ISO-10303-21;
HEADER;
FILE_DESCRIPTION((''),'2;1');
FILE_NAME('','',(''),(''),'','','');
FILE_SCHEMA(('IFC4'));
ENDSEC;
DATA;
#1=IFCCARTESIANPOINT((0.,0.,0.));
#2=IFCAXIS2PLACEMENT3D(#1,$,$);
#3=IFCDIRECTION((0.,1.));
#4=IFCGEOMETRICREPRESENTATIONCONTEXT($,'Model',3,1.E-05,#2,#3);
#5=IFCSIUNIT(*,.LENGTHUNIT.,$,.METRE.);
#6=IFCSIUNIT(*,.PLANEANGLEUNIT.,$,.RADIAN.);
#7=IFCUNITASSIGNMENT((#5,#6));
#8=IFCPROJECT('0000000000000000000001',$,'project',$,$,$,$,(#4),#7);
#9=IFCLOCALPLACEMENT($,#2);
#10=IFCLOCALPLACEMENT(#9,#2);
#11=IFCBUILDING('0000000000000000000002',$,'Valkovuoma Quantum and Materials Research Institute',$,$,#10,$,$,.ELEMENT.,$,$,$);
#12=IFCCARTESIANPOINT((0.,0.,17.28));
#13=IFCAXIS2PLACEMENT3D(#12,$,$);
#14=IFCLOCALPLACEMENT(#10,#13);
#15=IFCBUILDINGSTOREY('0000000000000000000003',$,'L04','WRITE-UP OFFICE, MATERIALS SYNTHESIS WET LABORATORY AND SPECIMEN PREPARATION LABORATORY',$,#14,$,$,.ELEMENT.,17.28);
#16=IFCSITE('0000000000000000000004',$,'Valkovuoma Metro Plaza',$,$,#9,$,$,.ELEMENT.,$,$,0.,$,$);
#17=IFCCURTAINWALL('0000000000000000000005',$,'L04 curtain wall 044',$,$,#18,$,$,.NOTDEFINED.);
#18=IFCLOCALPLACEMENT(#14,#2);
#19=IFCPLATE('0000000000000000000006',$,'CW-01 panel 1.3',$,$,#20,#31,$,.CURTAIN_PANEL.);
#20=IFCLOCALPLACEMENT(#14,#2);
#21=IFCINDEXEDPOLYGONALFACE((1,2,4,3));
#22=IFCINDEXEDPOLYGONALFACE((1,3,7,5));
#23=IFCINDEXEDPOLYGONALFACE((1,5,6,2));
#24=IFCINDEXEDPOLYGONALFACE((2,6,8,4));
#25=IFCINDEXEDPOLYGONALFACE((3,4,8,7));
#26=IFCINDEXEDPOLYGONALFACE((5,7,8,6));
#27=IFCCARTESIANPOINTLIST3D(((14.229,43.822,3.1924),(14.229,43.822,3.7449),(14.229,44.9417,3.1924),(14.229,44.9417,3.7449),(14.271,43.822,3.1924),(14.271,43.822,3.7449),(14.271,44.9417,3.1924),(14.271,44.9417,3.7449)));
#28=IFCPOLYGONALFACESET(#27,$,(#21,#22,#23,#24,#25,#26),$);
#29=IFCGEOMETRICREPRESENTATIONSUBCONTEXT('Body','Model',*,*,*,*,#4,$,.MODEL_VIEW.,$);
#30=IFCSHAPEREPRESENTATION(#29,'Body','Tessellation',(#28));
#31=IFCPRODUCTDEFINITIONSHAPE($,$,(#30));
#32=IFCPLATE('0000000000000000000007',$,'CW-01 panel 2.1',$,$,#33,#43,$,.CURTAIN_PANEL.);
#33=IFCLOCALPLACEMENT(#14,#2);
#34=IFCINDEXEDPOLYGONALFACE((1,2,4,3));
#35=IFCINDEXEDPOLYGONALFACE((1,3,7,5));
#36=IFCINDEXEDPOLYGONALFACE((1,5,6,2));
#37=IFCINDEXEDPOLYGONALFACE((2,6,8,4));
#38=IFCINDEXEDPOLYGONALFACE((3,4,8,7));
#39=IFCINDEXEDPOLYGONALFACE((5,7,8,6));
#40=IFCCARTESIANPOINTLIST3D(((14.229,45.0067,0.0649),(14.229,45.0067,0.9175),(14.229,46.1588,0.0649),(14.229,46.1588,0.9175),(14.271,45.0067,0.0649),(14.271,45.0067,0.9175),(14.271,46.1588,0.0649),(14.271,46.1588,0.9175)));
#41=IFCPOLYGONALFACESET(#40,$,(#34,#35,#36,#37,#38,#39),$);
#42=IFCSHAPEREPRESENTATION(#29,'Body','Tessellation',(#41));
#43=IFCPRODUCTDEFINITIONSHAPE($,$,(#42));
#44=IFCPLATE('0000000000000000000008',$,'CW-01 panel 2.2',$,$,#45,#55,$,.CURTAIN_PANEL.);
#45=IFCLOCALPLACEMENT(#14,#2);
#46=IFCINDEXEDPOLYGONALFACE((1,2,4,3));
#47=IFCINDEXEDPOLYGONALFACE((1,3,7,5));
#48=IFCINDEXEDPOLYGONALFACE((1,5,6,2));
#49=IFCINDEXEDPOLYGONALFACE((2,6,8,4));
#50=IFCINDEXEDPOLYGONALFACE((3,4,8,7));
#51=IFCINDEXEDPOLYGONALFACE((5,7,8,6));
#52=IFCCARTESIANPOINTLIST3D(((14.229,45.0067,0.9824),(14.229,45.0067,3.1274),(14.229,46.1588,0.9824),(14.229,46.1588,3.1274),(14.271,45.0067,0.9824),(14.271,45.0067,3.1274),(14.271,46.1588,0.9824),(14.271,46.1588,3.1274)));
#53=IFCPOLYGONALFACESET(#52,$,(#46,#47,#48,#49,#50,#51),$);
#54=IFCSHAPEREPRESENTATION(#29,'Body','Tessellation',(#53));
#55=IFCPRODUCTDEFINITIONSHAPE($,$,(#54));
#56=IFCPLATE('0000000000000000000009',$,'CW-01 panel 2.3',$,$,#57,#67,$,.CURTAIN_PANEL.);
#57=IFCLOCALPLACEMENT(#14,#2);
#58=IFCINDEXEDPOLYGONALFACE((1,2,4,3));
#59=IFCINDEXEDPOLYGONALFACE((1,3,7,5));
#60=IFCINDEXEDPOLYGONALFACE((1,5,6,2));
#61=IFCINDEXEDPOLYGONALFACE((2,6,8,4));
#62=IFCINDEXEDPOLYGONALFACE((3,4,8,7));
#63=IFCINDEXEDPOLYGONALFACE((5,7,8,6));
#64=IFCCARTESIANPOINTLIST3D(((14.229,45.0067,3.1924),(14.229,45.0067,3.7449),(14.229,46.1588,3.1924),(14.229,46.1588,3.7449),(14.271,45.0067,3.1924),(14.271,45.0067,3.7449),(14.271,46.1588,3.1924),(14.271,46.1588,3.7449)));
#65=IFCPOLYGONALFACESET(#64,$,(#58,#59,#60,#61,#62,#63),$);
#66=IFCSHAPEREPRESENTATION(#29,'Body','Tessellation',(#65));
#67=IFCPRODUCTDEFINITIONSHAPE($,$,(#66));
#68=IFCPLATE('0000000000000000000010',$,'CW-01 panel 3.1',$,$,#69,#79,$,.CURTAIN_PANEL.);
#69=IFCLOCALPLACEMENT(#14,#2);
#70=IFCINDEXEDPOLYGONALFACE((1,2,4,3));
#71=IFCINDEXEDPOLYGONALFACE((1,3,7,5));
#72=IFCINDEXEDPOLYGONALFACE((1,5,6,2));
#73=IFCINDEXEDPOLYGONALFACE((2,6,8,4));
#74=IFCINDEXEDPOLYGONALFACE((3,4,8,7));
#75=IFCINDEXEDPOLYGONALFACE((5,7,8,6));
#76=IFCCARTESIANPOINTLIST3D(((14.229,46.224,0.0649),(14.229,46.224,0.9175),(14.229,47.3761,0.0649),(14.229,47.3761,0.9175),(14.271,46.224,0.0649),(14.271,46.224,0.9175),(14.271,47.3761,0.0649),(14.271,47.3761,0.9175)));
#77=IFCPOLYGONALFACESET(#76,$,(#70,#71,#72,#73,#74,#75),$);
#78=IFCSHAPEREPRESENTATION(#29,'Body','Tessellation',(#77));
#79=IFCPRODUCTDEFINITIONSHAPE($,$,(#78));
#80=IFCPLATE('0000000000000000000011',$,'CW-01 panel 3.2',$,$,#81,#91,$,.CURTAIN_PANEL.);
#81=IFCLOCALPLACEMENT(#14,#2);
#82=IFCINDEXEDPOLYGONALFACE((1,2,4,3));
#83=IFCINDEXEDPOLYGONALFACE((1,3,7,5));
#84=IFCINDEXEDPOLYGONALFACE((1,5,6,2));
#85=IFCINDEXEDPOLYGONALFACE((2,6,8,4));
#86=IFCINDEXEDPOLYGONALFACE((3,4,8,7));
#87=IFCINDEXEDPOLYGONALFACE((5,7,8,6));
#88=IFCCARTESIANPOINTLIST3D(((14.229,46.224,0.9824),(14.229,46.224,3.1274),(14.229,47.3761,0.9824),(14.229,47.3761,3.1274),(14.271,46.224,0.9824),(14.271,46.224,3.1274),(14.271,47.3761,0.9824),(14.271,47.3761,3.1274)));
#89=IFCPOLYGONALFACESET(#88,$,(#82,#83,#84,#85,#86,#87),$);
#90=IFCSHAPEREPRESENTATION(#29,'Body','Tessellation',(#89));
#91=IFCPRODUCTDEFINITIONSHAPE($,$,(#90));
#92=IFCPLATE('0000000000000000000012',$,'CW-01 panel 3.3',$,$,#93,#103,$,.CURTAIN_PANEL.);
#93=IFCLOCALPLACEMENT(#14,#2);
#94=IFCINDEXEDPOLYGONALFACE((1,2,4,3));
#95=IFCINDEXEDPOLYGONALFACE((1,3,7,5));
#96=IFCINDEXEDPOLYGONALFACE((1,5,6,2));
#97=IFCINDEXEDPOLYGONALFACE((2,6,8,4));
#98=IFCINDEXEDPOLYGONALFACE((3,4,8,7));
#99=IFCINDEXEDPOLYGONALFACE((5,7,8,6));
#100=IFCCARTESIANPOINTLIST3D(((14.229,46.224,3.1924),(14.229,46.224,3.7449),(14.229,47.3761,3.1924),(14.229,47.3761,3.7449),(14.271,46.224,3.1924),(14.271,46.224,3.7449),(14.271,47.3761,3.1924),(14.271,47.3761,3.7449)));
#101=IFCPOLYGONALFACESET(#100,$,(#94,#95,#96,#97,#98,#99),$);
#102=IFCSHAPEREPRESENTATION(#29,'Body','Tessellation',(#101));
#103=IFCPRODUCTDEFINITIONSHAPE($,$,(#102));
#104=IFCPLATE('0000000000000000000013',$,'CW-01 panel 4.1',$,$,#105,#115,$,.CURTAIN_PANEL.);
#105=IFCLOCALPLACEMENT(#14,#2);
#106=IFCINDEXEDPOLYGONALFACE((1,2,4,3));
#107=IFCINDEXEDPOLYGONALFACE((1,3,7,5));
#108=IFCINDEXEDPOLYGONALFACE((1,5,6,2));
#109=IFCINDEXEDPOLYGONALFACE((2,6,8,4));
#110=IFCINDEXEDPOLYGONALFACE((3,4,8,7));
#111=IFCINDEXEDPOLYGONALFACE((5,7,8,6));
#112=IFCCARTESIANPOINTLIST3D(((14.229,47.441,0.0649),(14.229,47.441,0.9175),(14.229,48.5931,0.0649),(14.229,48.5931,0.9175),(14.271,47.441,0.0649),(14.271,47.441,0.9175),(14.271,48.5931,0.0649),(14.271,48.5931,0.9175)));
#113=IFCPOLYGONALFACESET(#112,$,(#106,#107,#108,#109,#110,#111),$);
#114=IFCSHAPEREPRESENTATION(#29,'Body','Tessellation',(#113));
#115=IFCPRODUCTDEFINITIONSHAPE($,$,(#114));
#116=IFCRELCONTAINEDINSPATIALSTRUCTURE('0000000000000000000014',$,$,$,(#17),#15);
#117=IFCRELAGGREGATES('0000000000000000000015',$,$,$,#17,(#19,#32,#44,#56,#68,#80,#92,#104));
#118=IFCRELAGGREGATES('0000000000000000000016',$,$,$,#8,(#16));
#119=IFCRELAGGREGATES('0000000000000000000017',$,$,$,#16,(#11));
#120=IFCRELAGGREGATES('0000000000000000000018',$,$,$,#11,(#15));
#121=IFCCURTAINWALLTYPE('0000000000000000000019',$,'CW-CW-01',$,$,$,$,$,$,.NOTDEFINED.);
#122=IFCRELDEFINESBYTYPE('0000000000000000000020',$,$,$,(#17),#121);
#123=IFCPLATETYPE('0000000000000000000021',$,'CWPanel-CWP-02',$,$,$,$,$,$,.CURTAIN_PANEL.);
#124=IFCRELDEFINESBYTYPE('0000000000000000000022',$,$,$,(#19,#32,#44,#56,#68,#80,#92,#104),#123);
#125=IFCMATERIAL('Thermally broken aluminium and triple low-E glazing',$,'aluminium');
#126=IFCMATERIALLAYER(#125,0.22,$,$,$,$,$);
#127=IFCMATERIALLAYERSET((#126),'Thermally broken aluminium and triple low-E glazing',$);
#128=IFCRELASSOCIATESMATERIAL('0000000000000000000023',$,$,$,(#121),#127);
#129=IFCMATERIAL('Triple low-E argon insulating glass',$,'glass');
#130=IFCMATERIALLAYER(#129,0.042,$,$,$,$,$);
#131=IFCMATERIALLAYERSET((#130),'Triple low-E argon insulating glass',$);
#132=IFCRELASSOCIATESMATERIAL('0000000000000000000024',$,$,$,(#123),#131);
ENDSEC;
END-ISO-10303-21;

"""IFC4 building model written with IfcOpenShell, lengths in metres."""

from ifc_helpers import new_model, si_unit, direction, frame, origin, origin_2d, place, context, subcontext, project, spatial, rectangle, extrude, material, layer, layer_set, type_object, element, aggregate, save


model = new_model("IFC4")

# Units and contexts
model_context = context("Model", 3, precision=1e-05, world=origin(), true_north=direction((0.0, 1.0)))
body_context = subcontext(model_context, "Body", "Model", "MODEL_VIEW")
ifc_project = project(units=[si_unit("LENGTHUNIT", "METRE"), si_unit("PLANEANGLEUNIT", "RADIAN")], contexts=[model_context])

# Site, building, storey
site_placement = place(None, origin())
site = spatial("IfcSite", under=ifc_project, at=site_placement, Name="Valkovuoma Metro Plaza", CompositionType="ELEMENT", RefElevation=0.0)
building_placement = place(site_placement, origin())
building = spatial("IfcBuilding", under=site, at=building_placement, Name="Valkovuoma Quantum and Materials Research Institute", CompositionType="ELEMENT")
storey_placement = place(building_placement, frame((0.0, 0.0, 17.28)))
storey = spatial("IfcBuildingStorey", under=building, at=storey_placement, Name="L04", Description="WRITE-UP OFFICE, MATERIALS SYNTHESIS WET LABORATORY AND SPECIMEN PREPARATION LABORATORY", CompositionType="ELEMENT", Elevation=17.28)

# Curtain wall
ifc_material_1 = material(Name="Thermally broken aluminium and triple low-E glazing", Category="aluminium")
ifc_layer_1 = layer(ifc_material_1, 0.22)
ifc_layer_set_1 = layer_set([ifc_layer_1], Name="Thermally broken aluminium and triple low-E glazing")
curtain_wall_type = type_object("IfcCurtainWallType", Name="CW-CW-01", PredefinedType="NOTDEFINED", material=ifc_layer_set_1)
curtain_wall_1_placement = place(storey_placement, origin())
curtain_wall_1 = element("IfcCurtainWall", 1, at=curtain_wall_1_placement, inside=storey, type_object=curtain_wall_type, Name="L04 curtain wall 044", PredefinedType="NOTDEFINED")

# Plates
ifc_material_2 = material(Name="Triple low-E argon insulating glass", Category="glass")
ifc_layer_2 = layer(ifc_material_2, 0.042)
ifc_layer_set_2 = layer_set([ifc_layer_2], Name="Triple low-E argon insulating glass")
plate_type = type_object("IfcPlateType", Name="CWPanel-CWP-02", PredefinedType="CURTAIN_PANEL", material=ifc_layer_set_2)
plate_1_placement = place(storey_placement, frame((14.25, 44.3818, 3.1924), z_axis=(0.0, 0.0, 1.0), x_axis=(0.0, 1.0, 0.0)))
plate_1 = element("IfcPlate", 2, at=plate_1_placement, type_object=plate_type, Name="CW-01 panel 1.3", PredefinedType="CURTAIN_PANEL", context=body_context, shape_type="SweptSolid", body=[
    extrude(rectangle(XDim=1.1196, YDim=0.042, at=origin_2d()), origin(), (0.0, 0.0, 1.0), 0.5525),
])
plate_2_placement = place(storey_placement, frame((14.25, 45.5828, 0.0649), z_axis=(0.0, 0.0, 1.0), x_axis=(0.0, 1.0, 0.0)))
plate_2 = element("IfcPlate", 3, at=plate_2_placement, type_object=plate_type, Name="CW-01 panel 2.1", PredefinedType="CURTAIN_PANEL", context=body_context, shape_type="SweptSolid", body=[
    extrude(rectangle(XDim=1.1521, YDim=0.042, at=origin_2d()), origin(), (0.0, 0.0, 1.0), 0.8525),
])
plate_3_placement = place(storey_placement, frame((14.25, 45.5828, 0.9824), z_axis=(0.0, 0.0, 1.0), x_axis=(0.0, 1.0, 0.0)))
plate_3 = element("IfcPlate", 4, at=plate_3_placement, type_object=plate_type, Name="CW-01 panel 2.2", PredefinedType="CURTAIN_PANEL", context=body_context, shape_type="SweptSolid", body=[
    extrude(rectangle(XDim=1.1521, YDim=0.042, at=origin_2d()), origin(), (0.0, 0.0, 1.0), 2.145),
])
plate_4_placement = place(storey_placement, frame((14.25, 45.5828, 3.1924), z_axis=(0.0, 0.0, 1.0), x_axis=(0.0, 1.0, 0.0)))
plate_4 = element("IfcPlate", 5, at=plate_4_placement, type_object=plate_type, Name="CW-01 panel 2.3", PredefinedType="CURTAIN_PANEL", context=body_context, shape_type="SweptSolid", body=[
    extrude(rectangle(XDim=1.1521, YDim=0.042, at=origin_2d()), origin(), (0.0, 0.0, 1.0), 0.5525),
])
plate_5_placement = place(storey_placement, frame((14.25, 46.8, 0.0649), z_axis=(0.0, 0.0, 1.0), x_axis=(0.0, 1.0, 0.0)))
plate_5 = element("IfcPlate", 6, at=plate_5_placement, type_object=plate_type, Name="CW-01 panel 3.1", PredefinedType="CURTAIN_PANEL", context=body_context, shape_type="SweptSolid", body=[
    extrude(rectangle(XDim=1.1521, YDim=0.042, at=origin_2d()), origin(), (0.0, 0.0, 1.0), 0.8525),
])
plate_6_placement = place(storey_placement, frame((14.25, 46.8, 0.9824), z_axis=(0.0, 0.0, 1.0), x_axis=(0.0, 1.0, 0.0)))
plate_6 = element("IfcPlate", 7, at=plate_6_placement, type_object=plate_type, Name="CW-01 panel 3.2", PredefinedType="CURTAIN_PANEL", context=body_context, shape_type="SweptSolid", body=[
    extrude(rectangle(XDim=1.1521, YDim=0.042, at=origin_2d()), origin(), (0.0, 0.0, 1.0), 2.145),
])
plate_7_placement = place(storey_placement, frame((14.25, 46.8, 3.1924), z_axis=(0.0, 0.0, 1.0), x_axis=(0.0, 1.0, 0.0)))
plate_7 = element("IfcPlate", 8, at=plate_7_placement, type_object=plate_type, Name="CW-01 panel 3.3", PredefinedType="CURTAIN_PANEL", context=body_context, shape_type="SweptSolid", body=[
    extrude(rectangle(XDim=1.1521, YDim=0.042, at=origin_2d()), origin(), (0.0, 0.0, 1.0), 0.5525),
])
plate_8_placement = place(storey_placement, frame((14.25, 48.0171, 0.0649), z_axis=(0.0, 0.0, 1.0), x_axis=(0.0, 1.0, 0.0)))
plate_8 = element("IfcPlate", 9, at=plate_8_placement, type_object=plate_type, Name="CW-01 panel 4.1", PredefinedType="CURTAIN_PANEL", context=body_context, shape_type="SweptSolid", body=[
    extrude(rectangle(XDim=1.1521, YDim=0.042, at=origin_2d()), origin(), (0.0, 0.0, 1.0), 0.8525),
])
aggregate(curtain_wall_1, [plate_1, plate_2, plate_3, plate_4, plate_5, plate_6, plate_7, plate_8])

save(model, "model.ifc")
